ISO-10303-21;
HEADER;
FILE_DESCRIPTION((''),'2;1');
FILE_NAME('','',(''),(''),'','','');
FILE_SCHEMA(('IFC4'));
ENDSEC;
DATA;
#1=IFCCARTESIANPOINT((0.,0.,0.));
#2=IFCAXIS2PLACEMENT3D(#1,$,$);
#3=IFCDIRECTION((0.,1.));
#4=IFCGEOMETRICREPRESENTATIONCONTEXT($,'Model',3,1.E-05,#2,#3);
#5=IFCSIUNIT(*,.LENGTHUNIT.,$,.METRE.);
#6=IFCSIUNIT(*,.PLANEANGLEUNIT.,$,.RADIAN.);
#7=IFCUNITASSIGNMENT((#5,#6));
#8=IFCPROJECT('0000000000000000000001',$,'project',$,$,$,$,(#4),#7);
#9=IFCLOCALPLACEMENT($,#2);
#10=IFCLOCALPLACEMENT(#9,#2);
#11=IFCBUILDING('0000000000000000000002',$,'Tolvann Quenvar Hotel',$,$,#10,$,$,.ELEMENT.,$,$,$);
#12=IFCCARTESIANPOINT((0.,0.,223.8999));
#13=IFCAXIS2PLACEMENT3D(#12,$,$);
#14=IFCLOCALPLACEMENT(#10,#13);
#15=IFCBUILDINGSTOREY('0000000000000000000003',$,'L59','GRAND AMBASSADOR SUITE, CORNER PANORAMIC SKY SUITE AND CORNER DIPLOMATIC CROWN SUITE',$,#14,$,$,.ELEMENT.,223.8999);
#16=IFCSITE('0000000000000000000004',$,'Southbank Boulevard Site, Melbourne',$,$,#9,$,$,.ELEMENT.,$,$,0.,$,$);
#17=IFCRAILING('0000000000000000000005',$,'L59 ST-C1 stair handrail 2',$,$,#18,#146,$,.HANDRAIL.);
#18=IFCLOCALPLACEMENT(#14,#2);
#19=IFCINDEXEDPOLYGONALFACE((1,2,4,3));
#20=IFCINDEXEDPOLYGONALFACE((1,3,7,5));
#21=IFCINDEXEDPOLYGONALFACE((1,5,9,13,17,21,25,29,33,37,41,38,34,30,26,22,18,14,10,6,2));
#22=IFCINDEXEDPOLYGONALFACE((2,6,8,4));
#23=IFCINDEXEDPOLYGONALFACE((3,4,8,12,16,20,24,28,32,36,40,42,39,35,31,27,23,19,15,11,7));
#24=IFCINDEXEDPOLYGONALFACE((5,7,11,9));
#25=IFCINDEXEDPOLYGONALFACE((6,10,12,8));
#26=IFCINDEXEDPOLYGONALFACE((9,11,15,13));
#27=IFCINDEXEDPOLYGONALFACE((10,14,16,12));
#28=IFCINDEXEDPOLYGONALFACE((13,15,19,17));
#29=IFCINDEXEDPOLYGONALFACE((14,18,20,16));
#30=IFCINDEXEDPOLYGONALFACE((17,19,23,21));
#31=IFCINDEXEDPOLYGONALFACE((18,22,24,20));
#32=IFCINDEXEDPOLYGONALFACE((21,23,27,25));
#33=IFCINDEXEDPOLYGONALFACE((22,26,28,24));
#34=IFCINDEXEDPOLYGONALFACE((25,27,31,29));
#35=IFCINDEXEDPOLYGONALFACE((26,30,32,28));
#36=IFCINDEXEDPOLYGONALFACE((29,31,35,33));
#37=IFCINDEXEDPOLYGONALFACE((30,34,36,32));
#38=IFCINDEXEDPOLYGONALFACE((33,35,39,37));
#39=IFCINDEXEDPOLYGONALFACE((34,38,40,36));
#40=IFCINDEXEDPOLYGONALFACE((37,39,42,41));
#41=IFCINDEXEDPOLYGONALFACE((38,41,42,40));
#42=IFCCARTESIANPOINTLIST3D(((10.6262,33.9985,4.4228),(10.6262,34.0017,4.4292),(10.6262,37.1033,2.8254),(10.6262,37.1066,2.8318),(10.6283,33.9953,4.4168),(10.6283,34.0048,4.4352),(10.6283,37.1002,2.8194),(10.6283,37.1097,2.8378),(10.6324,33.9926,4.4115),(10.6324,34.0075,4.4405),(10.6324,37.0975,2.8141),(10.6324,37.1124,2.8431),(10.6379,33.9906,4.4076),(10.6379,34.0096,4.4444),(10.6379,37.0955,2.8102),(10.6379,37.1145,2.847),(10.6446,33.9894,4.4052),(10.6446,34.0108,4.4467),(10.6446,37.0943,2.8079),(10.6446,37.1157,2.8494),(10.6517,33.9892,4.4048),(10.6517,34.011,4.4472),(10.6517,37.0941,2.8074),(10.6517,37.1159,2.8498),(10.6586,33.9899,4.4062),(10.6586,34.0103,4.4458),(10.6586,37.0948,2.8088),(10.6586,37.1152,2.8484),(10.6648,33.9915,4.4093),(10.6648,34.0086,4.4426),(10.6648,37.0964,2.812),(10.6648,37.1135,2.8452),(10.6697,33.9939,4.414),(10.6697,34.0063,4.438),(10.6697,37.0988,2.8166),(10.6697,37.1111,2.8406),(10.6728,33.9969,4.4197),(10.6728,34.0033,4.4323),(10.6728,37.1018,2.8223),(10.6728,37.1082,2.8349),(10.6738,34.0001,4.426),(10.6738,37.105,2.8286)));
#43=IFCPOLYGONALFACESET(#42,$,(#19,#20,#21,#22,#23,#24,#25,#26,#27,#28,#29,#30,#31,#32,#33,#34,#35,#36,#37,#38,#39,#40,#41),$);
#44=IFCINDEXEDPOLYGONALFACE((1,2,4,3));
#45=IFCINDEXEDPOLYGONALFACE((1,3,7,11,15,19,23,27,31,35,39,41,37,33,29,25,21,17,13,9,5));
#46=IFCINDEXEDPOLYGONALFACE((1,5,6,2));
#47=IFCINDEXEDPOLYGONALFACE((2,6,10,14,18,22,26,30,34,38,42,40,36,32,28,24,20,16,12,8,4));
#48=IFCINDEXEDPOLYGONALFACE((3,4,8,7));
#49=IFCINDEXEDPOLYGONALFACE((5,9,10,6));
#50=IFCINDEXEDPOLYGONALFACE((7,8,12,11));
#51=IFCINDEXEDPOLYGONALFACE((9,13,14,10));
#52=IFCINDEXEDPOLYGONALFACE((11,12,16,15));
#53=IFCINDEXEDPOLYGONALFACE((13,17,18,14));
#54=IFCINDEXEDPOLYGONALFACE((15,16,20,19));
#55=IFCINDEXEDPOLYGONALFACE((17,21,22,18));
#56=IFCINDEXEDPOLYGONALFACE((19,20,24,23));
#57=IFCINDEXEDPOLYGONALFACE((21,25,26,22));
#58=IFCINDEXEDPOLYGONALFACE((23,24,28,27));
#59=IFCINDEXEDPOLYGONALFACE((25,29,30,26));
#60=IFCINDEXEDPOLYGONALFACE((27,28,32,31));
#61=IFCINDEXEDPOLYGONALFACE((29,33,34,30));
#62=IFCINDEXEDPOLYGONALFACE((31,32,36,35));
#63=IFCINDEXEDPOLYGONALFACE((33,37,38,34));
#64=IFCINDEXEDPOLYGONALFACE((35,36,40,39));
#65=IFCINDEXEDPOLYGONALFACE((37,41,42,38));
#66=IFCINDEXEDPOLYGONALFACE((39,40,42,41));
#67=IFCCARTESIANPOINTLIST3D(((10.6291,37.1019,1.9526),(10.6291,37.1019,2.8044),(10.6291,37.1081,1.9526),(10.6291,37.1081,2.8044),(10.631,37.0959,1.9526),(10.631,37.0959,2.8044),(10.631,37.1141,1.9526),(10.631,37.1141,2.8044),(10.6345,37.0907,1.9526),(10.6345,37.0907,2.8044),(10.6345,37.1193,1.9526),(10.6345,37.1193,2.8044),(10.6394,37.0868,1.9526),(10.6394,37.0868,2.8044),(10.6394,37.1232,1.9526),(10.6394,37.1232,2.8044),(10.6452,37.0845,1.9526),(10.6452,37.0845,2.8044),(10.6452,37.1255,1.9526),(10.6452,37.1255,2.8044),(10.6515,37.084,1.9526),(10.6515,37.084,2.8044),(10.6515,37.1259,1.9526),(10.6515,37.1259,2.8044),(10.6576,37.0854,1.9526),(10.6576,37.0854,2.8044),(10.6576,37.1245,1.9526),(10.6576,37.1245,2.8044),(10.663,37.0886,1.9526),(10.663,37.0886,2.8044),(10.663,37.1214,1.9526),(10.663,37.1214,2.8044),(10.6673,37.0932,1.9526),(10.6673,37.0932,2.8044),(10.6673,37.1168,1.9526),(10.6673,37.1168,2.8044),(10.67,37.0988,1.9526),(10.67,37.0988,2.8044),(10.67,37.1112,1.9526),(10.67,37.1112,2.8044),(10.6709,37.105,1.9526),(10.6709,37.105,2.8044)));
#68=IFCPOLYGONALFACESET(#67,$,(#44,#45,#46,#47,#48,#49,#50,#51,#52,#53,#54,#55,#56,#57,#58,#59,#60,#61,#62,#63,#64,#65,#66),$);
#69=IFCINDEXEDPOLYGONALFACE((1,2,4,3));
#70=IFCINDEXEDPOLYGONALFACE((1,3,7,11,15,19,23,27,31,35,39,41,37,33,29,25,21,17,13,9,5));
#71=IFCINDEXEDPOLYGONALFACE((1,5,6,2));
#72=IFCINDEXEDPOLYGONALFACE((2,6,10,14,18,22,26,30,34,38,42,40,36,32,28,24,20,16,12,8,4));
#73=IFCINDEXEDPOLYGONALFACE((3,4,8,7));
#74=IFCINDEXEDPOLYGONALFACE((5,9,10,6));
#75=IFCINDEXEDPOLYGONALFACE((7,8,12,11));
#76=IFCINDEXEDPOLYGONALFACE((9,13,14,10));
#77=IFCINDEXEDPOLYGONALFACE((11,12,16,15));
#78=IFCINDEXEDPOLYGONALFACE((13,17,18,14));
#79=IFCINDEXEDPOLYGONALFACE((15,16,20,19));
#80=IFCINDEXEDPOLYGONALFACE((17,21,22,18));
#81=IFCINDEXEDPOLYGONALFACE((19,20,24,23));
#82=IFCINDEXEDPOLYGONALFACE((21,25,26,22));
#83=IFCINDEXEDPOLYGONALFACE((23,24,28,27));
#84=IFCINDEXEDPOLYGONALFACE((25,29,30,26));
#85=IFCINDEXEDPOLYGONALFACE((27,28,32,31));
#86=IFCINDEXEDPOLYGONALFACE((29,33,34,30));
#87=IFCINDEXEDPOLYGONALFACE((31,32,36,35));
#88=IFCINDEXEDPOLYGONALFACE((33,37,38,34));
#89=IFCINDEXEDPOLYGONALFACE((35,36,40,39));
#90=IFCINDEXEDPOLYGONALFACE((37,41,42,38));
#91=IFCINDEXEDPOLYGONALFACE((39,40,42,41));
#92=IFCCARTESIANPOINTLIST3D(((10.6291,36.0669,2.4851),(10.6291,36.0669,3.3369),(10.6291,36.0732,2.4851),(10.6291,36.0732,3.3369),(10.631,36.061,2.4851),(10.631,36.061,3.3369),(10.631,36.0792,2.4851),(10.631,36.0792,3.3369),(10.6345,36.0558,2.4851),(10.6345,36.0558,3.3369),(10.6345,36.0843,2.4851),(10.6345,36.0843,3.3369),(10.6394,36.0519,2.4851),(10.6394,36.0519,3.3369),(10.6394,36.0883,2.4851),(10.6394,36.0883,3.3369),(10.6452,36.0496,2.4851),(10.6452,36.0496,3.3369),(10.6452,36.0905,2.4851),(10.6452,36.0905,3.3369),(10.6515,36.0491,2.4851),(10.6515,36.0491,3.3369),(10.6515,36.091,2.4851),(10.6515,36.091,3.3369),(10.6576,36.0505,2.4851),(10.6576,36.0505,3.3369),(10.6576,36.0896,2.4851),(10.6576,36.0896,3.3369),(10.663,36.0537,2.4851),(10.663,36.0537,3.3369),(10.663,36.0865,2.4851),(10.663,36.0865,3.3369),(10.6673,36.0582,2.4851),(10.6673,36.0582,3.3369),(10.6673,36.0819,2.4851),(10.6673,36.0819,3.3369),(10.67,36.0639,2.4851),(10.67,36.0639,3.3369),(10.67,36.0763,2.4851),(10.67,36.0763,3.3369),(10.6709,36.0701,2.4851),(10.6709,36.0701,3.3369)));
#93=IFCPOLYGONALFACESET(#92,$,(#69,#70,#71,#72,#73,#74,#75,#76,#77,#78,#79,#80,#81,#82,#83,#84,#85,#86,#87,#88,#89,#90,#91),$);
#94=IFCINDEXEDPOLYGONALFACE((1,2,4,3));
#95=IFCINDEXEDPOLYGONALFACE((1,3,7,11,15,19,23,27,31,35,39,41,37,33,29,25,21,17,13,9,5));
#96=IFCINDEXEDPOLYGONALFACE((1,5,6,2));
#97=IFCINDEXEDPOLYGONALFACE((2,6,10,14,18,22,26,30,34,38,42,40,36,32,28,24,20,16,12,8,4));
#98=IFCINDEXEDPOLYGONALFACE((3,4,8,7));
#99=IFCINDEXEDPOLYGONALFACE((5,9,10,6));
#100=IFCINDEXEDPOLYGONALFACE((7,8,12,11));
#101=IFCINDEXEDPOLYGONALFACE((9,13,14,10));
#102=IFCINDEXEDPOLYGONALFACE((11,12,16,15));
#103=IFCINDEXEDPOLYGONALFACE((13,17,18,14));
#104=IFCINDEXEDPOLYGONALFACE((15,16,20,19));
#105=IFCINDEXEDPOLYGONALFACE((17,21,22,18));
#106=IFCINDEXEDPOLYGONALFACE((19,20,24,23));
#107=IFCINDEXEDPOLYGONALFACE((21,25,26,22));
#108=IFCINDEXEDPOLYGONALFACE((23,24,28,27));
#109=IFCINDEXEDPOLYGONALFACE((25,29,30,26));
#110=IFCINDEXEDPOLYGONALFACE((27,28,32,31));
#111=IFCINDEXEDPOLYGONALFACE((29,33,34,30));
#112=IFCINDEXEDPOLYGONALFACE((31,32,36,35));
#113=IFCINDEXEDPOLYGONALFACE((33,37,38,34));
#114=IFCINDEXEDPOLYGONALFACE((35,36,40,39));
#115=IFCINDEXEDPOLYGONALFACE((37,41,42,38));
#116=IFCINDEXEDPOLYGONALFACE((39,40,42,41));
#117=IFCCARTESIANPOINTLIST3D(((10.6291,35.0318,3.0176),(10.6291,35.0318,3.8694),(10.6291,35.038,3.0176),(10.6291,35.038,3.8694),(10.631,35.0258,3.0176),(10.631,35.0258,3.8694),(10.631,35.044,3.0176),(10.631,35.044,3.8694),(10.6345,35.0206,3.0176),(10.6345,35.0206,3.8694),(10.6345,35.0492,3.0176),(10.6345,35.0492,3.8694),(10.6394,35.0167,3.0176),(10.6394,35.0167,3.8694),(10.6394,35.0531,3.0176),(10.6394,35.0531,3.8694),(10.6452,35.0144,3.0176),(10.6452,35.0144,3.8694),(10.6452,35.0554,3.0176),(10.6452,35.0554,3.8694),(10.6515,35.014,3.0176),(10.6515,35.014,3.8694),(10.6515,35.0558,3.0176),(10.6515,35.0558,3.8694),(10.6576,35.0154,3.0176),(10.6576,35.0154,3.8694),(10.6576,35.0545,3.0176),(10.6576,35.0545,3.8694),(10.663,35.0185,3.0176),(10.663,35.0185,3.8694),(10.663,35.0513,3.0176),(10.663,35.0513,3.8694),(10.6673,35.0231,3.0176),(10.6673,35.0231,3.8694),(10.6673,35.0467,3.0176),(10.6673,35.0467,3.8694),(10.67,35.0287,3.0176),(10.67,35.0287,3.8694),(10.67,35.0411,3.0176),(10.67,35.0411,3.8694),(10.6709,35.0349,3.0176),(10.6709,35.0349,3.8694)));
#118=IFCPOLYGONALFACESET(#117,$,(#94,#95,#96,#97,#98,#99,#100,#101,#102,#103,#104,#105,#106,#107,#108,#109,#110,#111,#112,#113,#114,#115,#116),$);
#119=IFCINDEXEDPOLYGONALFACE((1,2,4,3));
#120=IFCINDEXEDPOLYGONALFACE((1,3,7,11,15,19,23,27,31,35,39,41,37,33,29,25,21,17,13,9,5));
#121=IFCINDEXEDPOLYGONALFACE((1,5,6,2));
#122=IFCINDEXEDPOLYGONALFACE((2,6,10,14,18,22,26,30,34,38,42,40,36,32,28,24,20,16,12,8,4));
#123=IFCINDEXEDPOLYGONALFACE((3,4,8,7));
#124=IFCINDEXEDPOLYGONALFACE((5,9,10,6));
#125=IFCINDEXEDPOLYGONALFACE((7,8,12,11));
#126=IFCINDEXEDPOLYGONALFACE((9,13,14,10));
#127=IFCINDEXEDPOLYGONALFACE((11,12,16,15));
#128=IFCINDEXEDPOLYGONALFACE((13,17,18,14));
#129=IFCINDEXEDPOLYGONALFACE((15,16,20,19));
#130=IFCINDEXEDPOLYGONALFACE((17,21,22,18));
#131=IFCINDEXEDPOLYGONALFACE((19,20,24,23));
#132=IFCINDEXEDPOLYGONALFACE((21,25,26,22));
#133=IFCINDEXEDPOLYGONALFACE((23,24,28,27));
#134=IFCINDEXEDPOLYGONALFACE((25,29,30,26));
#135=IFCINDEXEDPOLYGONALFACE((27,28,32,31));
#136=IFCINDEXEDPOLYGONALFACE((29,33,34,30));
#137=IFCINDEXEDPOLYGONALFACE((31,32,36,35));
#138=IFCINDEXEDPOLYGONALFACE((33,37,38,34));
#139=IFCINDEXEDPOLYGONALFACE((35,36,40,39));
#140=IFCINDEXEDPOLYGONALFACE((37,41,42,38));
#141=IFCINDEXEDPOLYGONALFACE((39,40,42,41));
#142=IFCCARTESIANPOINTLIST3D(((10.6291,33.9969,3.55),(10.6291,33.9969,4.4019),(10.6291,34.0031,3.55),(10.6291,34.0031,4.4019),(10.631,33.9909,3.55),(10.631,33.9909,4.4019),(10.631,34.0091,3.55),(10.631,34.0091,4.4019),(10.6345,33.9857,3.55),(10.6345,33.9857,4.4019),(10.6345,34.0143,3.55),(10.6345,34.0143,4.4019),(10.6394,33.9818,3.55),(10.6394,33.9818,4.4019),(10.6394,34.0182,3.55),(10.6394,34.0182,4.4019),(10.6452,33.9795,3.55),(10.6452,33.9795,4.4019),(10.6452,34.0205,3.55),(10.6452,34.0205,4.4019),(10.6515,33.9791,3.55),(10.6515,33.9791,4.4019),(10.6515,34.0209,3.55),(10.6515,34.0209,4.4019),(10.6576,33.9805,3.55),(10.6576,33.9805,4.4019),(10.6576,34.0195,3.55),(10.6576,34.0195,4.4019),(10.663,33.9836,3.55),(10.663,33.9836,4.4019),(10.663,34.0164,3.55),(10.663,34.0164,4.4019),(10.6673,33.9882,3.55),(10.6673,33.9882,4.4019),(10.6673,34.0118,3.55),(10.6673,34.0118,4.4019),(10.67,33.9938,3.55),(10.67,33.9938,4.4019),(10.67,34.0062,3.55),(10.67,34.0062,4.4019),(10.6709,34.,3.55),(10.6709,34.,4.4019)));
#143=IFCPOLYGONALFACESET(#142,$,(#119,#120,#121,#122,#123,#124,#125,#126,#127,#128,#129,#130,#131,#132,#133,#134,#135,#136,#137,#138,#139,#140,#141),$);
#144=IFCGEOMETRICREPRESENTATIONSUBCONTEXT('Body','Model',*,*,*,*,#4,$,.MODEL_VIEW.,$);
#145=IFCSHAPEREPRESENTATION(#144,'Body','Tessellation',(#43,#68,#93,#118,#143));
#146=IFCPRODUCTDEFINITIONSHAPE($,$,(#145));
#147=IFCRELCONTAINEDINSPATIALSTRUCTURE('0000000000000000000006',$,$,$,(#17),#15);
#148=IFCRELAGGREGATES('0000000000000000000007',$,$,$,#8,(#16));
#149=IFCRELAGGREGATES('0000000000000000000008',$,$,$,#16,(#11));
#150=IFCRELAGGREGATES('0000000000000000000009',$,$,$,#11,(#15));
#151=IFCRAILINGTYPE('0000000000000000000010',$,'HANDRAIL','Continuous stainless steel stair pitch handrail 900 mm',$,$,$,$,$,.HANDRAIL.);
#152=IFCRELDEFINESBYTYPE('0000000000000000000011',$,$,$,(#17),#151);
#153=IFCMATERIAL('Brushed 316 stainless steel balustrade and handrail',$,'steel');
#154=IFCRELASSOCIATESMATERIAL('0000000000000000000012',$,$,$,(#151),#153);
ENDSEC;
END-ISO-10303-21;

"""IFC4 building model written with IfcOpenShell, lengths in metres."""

from ifc_helpers import new_model, si_unit, direction, frame, origin, origin_2d, place, context, subcontext, project, spatial, circle, extrude, material, type_object, element, save


model = new_model("IFC4")

# Units and contexts
model_context = context("Model", 3, precision=1e-05, world=origin(), true_north=direction((0.0, 1.0)))
body_context = subcontext(model_context, "Body", "Model", "MODEL_VIEW")
ifc_project = project(units=[si_unit("LENGTHUNIT", "METRE"), si_unit("PLANEANGLEUNIT", "RADIAN")], contexts=[model_context])

# Site, building, storey
site_placement = place(None, origin())
site = spatial("IfcSite", under=ifc_project, at=site_placement, Name="Southbank Boulevard Site, Melbourne", CompositionType="ELEMENT", RefElevation=0.0)
building_placement = place(site_placement, origin())
building = spatial("IfcBuilding", under=site, at=building_placement, Name="Tolvann Quenvar Hotel", CompositionType="ELEMENT")
storey_placement = place(building_placement, frame((0.0, 0.0, 223.8999)))
storey = spatial("IfcBuildingStorey", under=building, at=storey_placement, Name="L59", Description="GRAND AMBASSADOR SUITE, CORNER PANORAMIC SKY SUITE AND CORNER DIPLOMATIC CROWN SUITE", CompositionType="ELEMENT", Elevation=223.8999)

# Railing
ifc_material_1 = material(Name="Brushed 316 stainless steel balustrade and handrail", Category="steel")
railing_type_1 = type_object("IfcRailingType", Name="HANDRAIL", Description="Continuous stainless steel stair pitch handrail 900 mm", PredefinedType="HANDRAIL", material=ifc_material_1)
railing_1_placement = place(storey_placement, frame((10.6499, 37.105, 1.9526)))
element("IfcRailing", 1, at=railing_1_placement, inside=storey, type_object=railing_type_1, Name="L59 ST-C1 stair handrail 2", PredefinedType="HANDRAIL", context=body_context, shape_type="SweptSolid", body=[
    extrude(circle(Radius=0.0239, at=origin_2d()), frame((0.0, 0.0, 0.876), z_axis=(0.0, -0.889222, 0.457476), x_axis=(1.0, 0.0, 0.0)), (0.0, 0.0, 1.0), 3.4917),
    extrude(circle(Radius=0.021, at=origin_2d()), origin(), (0.0, 0.0, 1.0), 0.8518),
    extrude(circle(Radius=0.021, at=origin_2d()), frame((0.0, -1.0349, 0.5325)), (0.0, 0.0, 1.0), 0.8518),
    extrude(circle(Radius=0.021, at=origin_2d()), frame((0.0, -2.0701, 1.0649)), (0.0, 0.0, 1.0), 0.8518),
    extrude(circle(Radius=0.021, at=origin_2d()), frame((0.0, -3.105, 1.5974)), (0.0, 0.0, 1.0), 0.8518),
])

save(model, "model.ifc")
